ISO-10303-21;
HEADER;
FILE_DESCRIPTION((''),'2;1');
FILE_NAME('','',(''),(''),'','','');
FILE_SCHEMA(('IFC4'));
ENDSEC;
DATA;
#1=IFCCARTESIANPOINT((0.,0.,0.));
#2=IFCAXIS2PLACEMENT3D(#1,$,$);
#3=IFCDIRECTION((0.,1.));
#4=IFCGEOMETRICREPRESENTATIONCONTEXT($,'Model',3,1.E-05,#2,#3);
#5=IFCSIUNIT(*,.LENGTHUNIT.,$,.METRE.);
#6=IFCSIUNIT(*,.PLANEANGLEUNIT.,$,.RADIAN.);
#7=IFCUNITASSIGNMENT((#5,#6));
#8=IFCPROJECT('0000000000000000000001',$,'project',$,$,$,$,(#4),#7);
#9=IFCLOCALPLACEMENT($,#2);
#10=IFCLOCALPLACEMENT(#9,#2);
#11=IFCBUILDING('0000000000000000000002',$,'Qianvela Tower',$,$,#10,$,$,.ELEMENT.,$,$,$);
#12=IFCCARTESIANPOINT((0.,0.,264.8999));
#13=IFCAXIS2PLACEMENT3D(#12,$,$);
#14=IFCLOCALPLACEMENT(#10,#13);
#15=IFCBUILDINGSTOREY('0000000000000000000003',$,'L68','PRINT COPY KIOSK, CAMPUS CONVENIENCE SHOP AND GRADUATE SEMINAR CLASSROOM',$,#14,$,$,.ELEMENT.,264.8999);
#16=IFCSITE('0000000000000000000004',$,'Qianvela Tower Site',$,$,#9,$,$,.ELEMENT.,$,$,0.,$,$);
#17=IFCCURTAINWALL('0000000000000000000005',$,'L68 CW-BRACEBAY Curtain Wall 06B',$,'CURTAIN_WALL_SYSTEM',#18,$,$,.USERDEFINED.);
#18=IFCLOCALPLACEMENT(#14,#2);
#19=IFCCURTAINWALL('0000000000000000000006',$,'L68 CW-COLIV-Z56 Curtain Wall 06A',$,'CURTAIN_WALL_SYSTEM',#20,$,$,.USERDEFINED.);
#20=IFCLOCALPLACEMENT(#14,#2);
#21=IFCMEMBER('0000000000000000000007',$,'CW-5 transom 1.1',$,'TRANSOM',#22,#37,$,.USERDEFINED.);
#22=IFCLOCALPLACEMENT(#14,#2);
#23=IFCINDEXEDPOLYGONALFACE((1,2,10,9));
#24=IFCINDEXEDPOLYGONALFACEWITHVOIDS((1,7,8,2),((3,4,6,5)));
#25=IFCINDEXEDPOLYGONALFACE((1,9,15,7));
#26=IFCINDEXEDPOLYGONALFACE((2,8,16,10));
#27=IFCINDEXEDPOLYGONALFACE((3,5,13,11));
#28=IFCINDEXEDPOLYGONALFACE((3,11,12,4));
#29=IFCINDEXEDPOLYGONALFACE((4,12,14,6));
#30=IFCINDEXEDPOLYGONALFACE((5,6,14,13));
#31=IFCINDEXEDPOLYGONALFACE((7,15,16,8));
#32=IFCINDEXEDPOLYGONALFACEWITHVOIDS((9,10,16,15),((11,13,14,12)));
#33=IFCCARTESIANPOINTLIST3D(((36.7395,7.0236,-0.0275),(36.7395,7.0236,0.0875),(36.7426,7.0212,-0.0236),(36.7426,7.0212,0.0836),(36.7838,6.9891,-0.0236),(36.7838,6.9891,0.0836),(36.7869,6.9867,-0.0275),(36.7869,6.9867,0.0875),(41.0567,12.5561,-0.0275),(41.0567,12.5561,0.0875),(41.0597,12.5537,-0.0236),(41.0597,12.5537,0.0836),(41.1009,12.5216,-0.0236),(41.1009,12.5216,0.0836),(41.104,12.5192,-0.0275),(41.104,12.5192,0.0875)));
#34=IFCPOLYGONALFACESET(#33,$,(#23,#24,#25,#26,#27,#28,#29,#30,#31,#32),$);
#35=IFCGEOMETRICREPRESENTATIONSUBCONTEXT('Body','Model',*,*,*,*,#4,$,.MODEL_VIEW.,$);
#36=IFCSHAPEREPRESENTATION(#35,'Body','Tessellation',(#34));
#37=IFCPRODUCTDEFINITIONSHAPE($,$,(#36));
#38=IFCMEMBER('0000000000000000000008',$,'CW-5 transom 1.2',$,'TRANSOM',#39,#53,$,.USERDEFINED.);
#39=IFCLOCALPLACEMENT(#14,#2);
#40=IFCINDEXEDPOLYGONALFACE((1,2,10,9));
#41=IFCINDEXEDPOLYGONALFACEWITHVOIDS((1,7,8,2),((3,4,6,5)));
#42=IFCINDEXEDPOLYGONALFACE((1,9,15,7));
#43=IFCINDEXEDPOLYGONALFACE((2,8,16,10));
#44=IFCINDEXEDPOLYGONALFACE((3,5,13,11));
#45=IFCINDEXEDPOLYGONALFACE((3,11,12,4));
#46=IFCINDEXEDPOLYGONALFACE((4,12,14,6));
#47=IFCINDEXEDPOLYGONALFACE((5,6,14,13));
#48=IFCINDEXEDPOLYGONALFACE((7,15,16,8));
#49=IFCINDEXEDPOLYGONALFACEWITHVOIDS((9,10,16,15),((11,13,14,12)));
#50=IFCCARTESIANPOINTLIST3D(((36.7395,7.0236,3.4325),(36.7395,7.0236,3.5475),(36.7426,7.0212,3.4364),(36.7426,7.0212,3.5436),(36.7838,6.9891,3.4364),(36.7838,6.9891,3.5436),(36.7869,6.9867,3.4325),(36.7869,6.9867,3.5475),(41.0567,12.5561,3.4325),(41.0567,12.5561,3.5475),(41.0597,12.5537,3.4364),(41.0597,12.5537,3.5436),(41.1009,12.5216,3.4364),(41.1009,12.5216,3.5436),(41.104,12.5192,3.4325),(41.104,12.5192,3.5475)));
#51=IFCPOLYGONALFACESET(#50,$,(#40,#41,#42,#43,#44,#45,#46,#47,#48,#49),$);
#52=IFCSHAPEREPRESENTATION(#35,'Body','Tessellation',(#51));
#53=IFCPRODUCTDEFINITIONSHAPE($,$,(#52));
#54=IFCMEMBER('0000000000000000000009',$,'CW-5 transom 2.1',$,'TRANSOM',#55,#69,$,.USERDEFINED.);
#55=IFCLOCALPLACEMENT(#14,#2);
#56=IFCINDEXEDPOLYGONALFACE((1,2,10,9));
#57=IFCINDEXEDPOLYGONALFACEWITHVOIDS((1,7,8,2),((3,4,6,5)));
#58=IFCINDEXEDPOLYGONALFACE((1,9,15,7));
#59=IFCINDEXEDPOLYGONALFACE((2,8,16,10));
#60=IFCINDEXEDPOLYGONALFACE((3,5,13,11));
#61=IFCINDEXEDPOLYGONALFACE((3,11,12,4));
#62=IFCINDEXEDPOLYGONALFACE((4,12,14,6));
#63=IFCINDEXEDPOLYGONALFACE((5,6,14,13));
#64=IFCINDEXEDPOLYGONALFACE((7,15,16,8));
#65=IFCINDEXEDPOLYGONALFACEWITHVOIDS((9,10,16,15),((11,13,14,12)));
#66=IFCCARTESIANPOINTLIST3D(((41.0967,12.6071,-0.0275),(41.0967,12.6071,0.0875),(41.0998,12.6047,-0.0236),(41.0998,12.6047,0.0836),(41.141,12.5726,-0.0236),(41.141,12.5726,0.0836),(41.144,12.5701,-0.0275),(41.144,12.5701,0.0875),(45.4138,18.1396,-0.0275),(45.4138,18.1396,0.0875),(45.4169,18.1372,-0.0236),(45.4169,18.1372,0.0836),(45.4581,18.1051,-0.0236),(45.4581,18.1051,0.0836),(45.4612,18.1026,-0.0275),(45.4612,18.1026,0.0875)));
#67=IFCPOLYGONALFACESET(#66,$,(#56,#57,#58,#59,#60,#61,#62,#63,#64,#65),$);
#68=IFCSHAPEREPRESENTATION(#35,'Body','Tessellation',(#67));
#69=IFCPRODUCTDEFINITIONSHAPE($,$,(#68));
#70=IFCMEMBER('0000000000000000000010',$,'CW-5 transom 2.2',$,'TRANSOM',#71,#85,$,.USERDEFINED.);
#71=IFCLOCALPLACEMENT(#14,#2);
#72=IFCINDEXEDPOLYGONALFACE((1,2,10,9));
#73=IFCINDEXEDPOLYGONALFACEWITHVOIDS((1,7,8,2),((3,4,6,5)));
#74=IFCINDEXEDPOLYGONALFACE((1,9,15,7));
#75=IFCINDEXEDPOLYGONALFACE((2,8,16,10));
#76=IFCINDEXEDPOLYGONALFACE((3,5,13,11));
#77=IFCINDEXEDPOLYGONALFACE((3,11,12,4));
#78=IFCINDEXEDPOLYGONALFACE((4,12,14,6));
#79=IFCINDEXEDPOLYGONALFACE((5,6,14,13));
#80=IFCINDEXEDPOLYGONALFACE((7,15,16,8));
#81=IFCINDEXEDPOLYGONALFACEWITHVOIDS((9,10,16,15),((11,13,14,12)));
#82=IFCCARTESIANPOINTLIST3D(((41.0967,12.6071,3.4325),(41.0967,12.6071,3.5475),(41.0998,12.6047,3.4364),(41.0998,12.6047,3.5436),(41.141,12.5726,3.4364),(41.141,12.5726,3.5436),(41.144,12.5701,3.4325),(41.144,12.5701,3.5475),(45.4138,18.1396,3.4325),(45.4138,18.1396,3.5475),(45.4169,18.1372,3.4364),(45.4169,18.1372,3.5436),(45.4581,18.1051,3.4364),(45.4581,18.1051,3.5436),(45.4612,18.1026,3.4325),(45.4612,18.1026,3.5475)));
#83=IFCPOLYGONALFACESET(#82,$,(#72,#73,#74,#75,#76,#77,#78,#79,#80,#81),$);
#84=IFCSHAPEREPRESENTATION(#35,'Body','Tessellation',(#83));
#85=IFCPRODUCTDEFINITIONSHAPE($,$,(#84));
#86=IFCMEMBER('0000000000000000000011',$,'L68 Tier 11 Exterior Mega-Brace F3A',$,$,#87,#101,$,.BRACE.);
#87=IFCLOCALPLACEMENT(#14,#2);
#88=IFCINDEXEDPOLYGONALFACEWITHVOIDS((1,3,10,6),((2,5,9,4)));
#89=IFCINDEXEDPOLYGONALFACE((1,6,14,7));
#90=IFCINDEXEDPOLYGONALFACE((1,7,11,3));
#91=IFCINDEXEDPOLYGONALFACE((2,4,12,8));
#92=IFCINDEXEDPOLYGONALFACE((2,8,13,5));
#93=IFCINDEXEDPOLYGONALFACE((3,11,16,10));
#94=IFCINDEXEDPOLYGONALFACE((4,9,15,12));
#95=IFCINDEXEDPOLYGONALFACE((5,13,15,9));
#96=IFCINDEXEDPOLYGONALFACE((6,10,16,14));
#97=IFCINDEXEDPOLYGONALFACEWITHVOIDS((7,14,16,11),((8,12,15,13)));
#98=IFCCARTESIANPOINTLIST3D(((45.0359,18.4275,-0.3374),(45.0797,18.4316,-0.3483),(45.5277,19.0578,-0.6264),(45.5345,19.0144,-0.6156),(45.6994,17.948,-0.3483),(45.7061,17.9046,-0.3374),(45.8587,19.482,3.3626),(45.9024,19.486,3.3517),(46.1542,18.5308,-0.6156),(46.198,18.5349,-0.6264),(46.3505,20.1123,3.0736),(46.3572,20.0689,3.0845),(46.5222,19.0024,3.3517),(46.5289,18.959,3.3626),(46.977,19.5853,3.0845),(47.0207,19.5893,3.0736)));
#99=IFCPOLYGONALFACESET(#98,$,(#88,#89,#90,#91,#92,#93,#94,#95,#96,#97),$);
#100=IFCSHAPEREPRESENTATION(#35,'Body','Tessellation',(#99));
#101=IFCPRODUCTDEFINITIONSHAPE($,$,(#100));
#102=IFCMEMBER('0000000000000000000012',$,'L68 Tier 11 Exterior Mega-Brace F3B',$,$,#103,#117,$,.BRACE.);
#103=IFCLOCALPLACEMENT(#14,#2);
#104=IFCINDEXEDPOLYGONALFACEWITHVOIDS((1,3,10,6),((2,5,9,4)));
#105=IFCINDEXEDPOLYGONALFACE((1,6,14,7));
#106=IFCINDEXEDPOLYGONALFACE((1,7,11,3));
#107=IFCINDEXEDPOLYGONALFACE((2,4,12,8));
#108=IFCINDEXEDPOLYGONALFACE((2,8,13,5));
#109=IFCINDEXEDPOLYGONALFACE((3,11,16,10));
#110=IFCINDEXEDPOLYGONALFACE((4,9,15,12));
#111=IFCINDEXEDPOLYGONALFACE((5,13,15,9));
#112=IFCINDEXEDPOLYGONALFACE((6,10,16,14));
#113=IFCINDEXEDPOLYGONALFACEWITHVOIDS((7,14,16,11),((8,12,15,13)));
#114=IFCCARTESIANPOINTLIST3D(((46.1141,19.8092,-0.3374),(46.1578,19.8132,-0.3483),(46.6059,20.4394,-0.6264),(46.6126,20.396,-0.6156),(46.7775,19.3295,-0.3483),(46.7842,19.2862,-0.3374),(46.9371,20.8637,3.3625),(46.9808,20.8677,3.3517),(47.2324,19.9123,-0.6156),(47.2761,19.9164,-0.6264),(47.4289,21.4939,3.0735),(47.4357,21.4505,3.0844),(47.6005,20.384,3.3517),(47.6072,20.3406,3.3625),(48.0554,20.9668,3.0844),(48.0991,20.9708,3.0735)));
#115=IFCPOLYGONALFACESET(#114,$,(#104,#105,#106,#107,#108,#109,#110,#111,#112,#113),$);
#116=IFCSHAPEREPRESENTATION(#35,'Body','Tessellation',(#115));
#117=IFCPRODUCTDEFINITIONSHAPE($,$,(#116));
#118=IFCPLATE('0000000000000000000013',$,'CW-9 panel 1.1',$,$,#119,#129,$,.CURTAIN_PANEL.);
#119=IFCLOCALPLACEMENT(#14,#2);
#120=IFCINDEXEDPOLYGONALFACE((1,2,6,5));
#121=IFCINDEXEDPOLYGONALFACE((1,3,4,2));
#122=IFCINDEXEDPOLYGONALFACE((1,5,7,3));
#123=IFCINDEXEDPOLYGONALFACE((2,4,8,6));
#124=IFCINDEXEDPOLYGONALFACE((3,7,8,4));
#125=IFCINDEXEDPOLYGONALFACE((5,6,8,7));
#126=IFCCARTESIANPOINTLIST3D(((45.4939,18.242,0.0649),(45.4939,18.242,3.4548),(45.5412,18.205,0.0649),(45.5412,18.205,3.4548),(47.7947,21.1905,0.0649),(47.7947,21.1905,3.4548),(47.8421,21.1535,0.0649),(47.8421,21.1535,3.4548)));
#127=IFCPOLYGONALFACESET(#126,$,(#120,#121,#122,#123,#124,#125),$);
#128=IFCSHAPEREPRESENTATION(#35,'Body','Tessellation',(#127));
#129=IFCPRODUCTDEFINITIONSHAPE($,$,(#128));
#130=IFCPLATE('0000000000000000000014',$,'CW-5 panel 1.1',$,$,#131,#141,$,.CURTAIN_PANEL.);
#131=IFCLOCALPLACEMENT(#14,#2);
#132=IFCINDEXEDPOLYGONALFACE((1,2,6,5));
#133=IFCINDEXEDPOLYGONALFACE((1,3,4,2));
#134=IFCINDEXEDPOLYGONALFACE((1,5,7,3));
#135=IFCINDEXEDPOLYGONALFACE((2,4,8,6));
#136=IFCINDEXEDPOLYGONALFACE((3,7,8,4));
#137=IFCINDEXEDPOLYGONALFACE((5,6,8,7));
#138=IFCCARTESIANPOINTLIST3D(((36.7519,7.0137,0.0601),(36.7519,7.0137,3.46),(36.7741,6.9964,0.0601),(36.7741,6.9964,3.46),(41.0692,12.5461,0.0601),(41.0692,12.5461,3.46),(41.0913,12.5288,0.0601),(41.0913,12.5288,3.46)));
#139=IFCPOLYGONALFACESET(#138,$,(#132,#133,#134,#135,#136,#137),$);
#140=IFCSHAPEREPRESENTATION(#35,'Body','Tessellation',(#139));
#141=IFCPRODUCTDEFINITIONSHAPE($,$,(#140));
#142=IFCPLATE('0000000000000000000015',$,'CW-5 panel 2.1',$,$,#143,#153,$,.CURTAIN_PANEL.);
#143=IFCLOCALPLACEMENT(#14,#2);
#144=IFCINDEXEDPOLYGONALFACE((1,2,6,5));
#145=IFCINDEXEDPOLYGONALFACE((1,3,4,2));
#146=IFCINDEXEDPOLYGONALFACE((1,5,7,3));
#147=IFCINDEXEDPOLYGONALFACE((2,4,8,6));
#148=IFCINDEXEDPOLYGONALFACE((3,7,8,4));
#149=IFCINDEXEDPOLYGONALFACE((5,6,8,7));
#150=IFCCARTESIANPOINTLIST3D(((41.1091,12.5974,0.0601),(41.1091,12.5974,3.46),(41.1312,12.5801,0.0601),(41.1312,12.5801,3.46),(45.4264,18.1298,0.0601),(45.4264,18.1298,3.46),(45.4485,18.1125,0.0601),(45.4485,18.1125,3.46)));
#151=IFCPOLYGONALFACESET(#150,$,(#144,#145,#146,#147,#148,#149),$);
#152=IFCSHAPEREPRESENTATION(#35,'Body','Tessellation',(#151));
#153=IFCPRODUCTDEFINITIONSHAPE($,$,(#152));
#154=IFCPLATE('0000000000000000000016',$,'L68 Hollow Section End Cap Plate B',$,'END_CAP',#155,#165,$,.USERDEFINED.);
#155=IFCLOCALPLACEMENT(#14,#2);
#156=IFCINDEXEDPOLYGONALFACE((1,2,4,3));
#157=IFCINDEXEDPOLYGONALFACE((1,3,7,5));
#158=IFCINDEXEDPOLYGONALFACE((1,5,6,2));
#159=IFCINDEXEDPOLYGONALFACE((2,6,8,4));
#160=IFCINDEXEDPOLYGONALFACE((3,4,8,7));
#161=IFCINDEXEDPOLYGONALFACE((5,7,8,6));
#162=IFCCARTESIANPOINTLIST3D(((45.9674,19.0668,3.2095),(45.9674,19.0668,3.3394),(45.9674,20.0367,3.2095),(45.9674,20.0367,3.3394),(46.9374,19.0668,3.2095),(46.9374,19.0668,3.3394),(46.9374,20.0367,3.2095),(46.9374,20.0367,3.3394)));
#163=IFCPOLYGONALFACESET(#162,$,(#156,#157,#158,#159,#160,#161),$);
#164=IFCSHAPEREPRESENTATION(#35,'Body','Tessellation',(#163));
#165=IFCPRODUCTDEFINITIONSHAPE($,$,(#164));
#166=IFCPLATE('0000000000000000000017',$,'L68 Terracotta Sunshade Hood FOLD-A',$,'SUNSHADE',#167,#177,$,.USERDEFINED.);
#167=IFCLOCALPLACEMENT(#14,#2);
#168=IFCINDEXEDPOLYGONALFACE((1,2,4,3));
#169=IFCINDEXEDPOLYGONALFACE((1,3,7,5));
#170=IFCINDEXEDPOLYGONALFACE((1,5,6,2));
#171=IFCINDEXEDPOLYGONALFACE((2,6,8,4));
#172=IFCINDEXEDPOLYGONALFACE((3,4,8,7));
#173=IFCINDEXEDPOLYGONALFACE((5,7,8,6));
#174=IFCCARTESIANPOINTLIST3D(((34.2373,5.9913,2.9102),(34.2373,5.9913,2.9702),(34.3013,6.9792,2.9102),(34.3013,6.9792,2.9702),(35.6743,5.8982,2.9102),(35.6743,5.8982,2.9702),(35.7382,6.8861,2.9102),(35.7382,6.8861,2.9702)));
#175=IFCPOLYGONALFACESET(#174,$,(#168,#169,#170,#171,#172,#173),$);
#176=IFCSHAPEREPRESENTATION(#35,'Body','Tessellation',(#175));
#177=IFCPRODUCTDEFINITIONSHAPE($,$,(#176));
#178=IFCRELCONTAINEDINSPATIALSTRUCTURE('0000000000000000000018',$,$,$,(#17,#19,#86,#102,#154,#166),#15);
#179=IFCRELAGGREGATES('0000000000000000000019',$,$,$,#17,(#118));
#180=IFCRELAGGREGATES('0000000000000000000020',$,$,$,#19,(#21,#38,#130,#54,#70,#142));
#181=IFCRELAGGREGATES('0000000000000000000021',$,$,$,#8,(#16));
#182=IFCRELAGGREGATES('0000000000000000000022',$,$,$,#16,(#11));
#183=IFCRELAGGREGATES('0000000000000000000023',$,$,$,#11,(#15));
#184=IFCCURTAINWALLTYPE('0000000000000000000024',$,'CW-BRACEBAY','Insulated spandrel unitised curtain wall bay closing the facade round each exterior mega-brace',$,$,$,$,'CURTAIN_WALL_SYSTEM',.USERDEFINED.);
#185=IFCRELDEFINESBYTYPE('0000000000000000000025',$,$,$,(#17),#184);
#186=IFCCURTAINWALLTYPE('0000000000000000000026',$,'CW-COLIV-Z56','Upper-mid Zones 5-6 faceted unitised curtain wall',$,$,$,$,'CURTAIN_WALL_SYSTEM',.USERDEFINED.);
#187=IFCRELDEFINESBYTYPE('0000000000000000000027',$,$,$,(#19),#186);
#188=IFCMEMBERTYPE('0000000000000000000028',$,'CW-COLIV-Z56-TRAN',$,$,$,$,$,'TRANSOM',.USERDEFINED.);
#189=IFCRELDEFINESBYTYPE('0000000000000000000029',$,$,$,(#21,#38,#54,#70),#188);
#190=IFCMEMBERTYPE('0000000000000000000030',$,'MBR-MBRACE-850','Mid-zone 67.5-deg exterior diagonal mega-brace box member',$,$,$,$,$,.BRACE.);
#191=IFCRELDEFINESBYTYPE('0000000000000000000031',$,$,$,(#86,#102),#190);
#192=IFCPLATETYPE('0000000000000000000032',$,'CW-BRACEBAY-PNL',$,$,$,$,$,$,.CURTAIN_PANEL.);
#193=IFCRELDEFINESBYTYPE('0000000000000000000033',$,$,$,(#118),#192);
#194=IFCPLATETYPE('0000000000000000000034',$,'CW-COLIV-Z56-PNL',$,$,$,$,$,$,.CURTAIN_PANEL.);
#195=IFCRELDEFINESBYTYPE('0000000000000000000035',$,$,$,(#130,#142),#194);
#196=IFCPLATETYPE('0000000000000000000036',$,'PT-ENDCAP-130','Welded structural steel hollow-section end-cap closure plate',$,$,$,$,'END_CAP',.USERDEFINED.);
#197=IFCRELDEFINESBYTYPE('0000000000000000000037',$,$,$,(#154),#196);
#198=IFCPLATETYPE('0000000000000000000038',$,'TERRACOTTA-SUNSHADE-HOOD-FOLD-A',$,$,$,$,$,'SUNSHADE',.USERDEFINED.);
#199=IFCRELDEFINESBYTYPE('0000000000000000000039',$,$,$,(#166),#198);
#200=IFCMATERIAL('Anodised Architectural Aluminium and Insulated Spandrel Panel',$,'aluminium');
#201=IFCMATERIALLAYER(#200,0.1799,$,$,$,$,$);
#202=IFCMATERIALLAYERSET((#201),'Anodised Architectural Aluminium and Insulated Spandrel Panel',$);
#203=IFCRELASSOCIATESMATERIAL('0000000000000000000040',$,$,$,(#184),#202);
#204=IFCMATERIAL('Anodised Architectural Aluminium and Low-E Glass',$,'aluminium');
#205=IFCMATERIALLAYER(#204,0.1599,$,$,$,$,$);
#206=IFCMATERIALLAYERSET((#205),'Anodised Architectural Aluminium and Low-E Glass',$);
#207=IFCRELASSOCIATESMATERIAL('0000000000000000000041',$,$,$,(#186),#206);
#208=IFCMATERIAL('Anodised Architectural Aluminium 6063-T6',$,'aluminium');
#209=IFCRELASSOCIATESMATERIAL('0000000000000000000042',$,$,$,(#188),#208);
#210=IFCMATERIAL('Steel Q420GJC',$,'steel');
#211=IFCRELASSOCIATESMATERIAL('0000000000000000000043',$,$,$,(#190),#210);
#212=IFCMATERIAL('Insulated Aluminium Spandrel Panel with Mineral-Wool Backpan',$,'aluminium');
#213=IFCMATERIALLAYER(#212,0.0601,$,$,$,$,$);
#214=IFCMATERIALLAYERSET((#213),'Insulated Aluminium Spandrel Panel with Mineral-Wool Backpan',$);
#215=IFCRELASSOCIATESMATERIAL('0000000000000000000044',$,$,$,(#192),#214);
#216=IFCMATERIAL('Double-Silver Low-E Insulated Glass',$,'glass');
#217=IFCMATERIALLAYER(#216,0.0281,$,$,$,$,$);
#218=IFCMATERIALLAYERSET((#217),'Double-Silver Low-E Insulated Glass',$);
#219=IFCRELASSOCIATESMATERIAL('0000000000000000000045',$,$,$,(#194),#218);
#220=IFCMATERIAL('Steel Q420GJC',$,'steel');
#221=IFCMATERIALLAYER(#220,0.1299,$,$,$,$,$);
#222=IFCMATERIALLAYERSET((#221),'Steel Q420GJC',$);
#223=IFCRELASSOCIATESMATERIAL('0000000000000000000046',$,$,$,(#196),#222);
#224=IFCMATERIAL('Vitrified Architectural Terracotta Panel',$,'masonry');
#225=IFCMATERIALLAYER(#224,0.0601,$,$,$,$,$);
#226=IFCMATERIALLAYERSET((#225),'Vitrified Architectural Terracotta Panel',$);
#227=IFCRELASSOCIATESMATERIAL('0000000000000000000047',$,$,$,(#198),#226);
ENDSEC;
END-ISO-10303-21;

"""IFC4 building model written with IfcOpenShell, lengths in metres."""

from ifc_helpers import new_model, si_unit, direction, frame, origin, origin_2d, place, context, subcontext, project, spatial, rectangle, hollow_rectangle, extrude, material, layer, layer_set, material_profile, profile_set, type_object, element, aggregate, save


model = new_model("IFC4")

# Units and contexts
model_context = context("Model", 3, precision=1e-05, world=origin(), true_north=direction((0.0, 1.0)))
body_context = subcontext(model_context, "Body", "Model", "MODEL_VIEW")
ifc_project = project(units=[si_unit("LENGTHUNIT", "METRE"), si_unit("PLANEANGLEUNIT", "RADIAN")], contexts=[model_context])

# Site, building, storey
site_placement = place(None, origin())
site = spatial("IfcSite", under=ifc_project, at=site_placement, Name="Qianvela Tower Site", CompositionType="ELEMENT", RefElevation=0.0)
building_placement = place(site_placement, origin())
building = spatial("IfcBuilding", under=site, at=building_placement, Name="Qianvela Tower", CompositionType="ELEMENT")
storey_placement = place(building_placement, frame((0.0, 0.0, 264.8999)))
storey = spatial("IfcBuildingStorey", under=building, at=storey_placement, Name="L68", Description="PRINT COPY KIOSK, CAMPUS CONVENIENCE SHOP AND GRADUATE SEMINAR CLASSROOM", CompositionType="ELEMENT", Elevation=264.8999)

# Curtain walls, members
ifc_material_1 = material(Name="Anodised Architectural Aluminium and Insulated Spandrel Panel", Category="aluminium")
ifc_layer_1 = layer(ifc_material_1, 0.1799)
ifc_layer_set_1 = layer_set([ifc_layer_1], Name="Anodised Architectural Aluminium and Insulated Spandrel Panel")
curtain_wall_type_1 = type_object("IfcCurtainWallType", Name="CW-BRACEBAY", Description="Insulated spandrel unitised curtain wall bay closing the facade round each exterior mega-brace", ElementType="CURTAIN_WALL_SYSTEM", PredefinedType="USERDEFINED", material=ifc_layer_set_1)
curtain_wall_1_placement = place(storey_placement, origin())
curtain_wall_1 = element("IfcCurtainWall", 1, at=curtain_wall_1_placement, inside=storey, type_object=curtain_wall_type_1, Name="L68 CW-BRACEBAY Curtain Wall 06B", ObjectType="CURTAIN_WALL_SYSTEM", PredefinedType="USERDEFINED")
ifc_material_2 = material(Name="Anodised Architectural Aluminium and Low-E Glass", Category="aluminium")
ifc_layer_2 = layer(ifc_material_2, 0.1599)
ifc_layer_set_2 = layer_set([ifc_layer_2], Name="Anodised Architectural Aluminium and Low-E Glass")
curtain_wall_type_2 = type_object("IfcCurtainWallType", Name="CW-COLIV-Z56", Description="Upper-mid Zones 5-6 faceted unitised curtain wall", ElementType="CURTAIN_WALL_SYSTEM", PredefinedType="USERDEFINED", material=ifc_layer_set_2)
curtain_wall_2_placement = place(storey_placement, origin())
curtain_wall_2 = element("IfcCurtainWall", 2, at=curtain_wall_2_placement, inside=storey, type_object=curtain_wall_type_2, Name="L68 CW-COLIV-Z56 Curtain Wall 06A", ObjectType="CURTAIN_WALL_SYSTEM", PredefinedType="USERDEFINED")
ifc_material_3 = material(Name="Anodised Architectural Aluminium 6063-T6", Category="aluminium")
ifc_material_profile_1 = material_profile(ifc_material_3, hollow_rectangle(XDim=0.0601, YDim=0.115, WallThickness=0.0039, at=origin_2d()), Name="ALU-TRAN-60x115")
ifc_profile_set_1 = profile_set([ifc_material_profile_1], Name="Anodised Architectural Aluminium 6063-T6")
member_type_1 = type_object("IfcMemberType", Name="CW-COLIV-Z56-TRAN", ElementType="TRANSOM", PredefinedType="USERDEFINED", material=ifc_profile_set_1)
member_1_placement = place(storey_placement, frame((36.7632, 7.0051, 0.03), z_axis=(0.615192, 0.788377, 0.0), x_axis=(-0.788377, 0.615192, 0.0)))
member_1 = element("IfcMember", 3, at=member_1_placement, type_object=member_type_1, Name="CW-5 transom 1.1", ObjectType="TRANSOM", PredefinedType="USERDEFINED", context=body_context, shape_type="SweptSolid", body=[
    extrude(hollow_rectangle(XDim=0.0601, YDim=0.115, WallThickness=0.0039, at=origin_2d()), origin(), (0.0, 0.0, 1.0), 7.0176),
])
member_2_placement = place(storey_placement, frame((36.7632, 7.0051, 3.49), z_axis=(0.615192, 0.788377, 0.0), x_axis=(-0.788377, 0.615192, 0.0)))
member_2 = element("IfcMember", 4, at=member_2_placement, type_object=member_type_1, Name="CW-5 transom 1.2", ObjectType="TRANSOM", PredefinedType="USERDEFINED", context=body_context, shape_type="SweptSolid", body=[
    extrude(hollow_rectangle(XDim=0.0601, YDim=0.115, WallThickness=0.0039, at=origin_2d()), origin(), (0.0, 0.0, 1.0), 7.0176),
])
member_3_placement = place(storey_placement, frame((41.1204, 12.5886, 0.03), z_axis=(0.615192, 0.788377, 0.0), x_axis=(-0.788377, 0.615192, 0.0)))
member_3 = element("IfcMember", 5, at=member_3_placement, type_object=member_type_1, Name="CW-5 transom 2.1", ObjectType="TRANSOM", PredefinedType="USERDEFINED", context=body_context, shape_type="SweptSolid", body=[
    extrude(hollow_rectangle(XDim=0.0601, YDim=0.115, WallThickness=0.0039, at=origin_2d()), origin(), (0.0, 0.0, 1.0), 7.0176),
])
member_4_placement = place(storey_placement, frame((41.1204, 12.5886, 3.49), z_axis=(0.615192, 0.788377, 0.0), x_axis=(-0.788377, 0.615192, 0.0)))
member_4 = element("IfcMember", 6, at=member_4_placement, type_object=member_type_1, Name="CW-5 transom 2.2", ObjectType="TRANSOM", PredefinedType="USERDEFINED", context=body_context, shape_type="SweptSolid", body=[
    extrude(hollow_rectangle(XDim=0.0601, YDim=0.115, WallThickness=0.0039, at=origin_2d()), origin(), (0.0, 0.0, 1.0), 7.0176),
])

# Members
ifc_material_4 = material(Name="Steel Q420GJC", Category="steel")
ifc_material_profile_2 = material_profile(ifc_material_4, hollow_rectangle(XDim=0.8501, YDim=0.8501, WallThickness=0.032, at=origin_2d()), Name="MBOX-850x850x32")
ifc_profile_set_2 = profile_set([ifc_material_profile_2], Name="Steel Q420GJC")
member_type_2 = type_object("IfcMemberType", Name="MBR-MBRACE-850", Description="Mid-zone 67.5-deg exterior diagonal mega-brace box member", PredefinedType="BRACE", material=ifc_profile_set_2)
for number, where, z_axis, x_axis, name in (
    (7, (45.6169, 18.4812, -0.4819), (0.209125, 0.268016, 0.940444), (-0.788398, 0.615166, 0.0), "L68 Tier 11 Exterior Mega-Brace F3A"),
    (8, (46.6951, 19.8628, -0.4819), (0.209185, 0.268012, 0.940431), (-0.788309, 0.615279, 0.0), "L68 Tier 11 Exterior Mega-Brace F3B"),
):
    element("IfcMember", number, at=place(storey_placement, frame(where, z_axis=z_axis, x_axis=x_axis)), inside=storey, type_object=member_type_2, Name=name, PredefinedType="BRACE", context=body_context, shape_type="SweptSolid", body=[
        extrude(hollow_rectangle(XDim=0.8501, YDim=0.8501, WallThickness=0.032, at=origin_2d()), origin(), (0.0, 0.0, 1.0), 3.9343),
    ])

# Plates
ifc_material_5 = material(Name="Insulated Aluminium Spandrel Panel with Mineral-Wool Backpan", Category="aluminium")
ifc_layer_3 = layer(ifc_material_5, 0.0601)
ifc_layer_set_3 = layer_set([ifc_layer_3], Name="Insulated Aluminium Spandrel Panel with Mineral-Wool Backpan")
plate_type_1 = type_object("IfcPlateType", Name="CW-BRACEBAY-PNL", PredefinedType="CURTAIN_PANEL", material=ifc_layer_set_3)
plate_1_placement = place(storey_placement, frame((46.668, 19.6978, 0.0649), z_axis=(0.0, 0.0, 1.0), x_axis=(0.615196, 0.788374, 0.0)))
plate_1 = element("IfcPlate", 9, at=plate_1_placement, type_object=plate_type_1, Name="CW-9 panel 1.1", PredefinedType="CURTAIN_PANEL", context=body_context, shape_type="SweptSolid", body=[
    extrude(rectangle(XDim=3.74, YDim=0.0601, at=origin_2d()), origin(), (0.0, 0.0, 1.0), 3.3899),
])
aggregate(curtain_wall_1, [plate_1])
ifc_material_6 = material(Name="Double-Silver Low-E Insulated Glass", Category="glass")
ifc_layer_4 = layer(ifc_material_6, 0.0281)
ifc_layer_set_4 = layer_set([ifc_layer_4], Name="Double-Silver Low-E Insulated Glass")
plate_type_2 = type_object("IfcPlateType", Name="CW-COLIV-Z56-PNL", PredefinedType="CURTAIN_PANEL", material=ifc_layer_set_4)
plate_2_placement = place(storey_placement, frame((38.9216, 9.7712, 0.0601), z_axis=(0.0, 0.0, 1.0), x_axis=(0.615209, 0.788364, 0.0)))
plate_2 = element("IfcPlate", 10, at=plate_2_placement, type_object=plate_type_2, Name="CW-5 panel 1.1", PredefinedType="CURTAIN_PANEL", context=body_context, shape_type="SweptSolid", body=[
    extrude(rectangle(XDim=7.0176, YDim=0.0281, at=origin_2d()), origin(), (0.0, 0.0, 1.0), 3.3999),
])
plate_3_placement = place(storey_placement, frame((43.2788, 15.355, 0.0601), z_axis=(0.0, 0.0, 1.0), x_axis=(0.615209, 0.788364, 0.0)))
plate_3 = element("IfcPlate", 11, at=plate_3_placement, type_object=plate_type_2, Name="CW-5 panel 2.1", PredefinedType="CURTAIN_PANEL", context=body_context, shape_type="SweptSolid", body=[
    extrude(rectangle(XDim=7.0176, YDim=0.0281, at=origin_2d()), origin(), (0.0, 0.0, 1.0), 3.3999),
])
aggregate(curtain_wall_2, [member_1, member_2, plate_2, member_3, member_4, plate_3])

# Plates
ifc_material_7 = material(Name="Steel Q420GJC", Category="steel")
ifc_layer_5 = layer(ifc_material_7, 0.1299)
ifc_layer_set_5 = layer_set([ifc_layer_5], Name="Steel Q420GJC")
plate_type_3 = type_object("IfcPlateType", Name="PT-ENDCAP-130", Description="Welded structural steel hollow-section end-cap closure plate", ElementType="END_CAP", PredefinedType="USERDEFINED", material=ifc_layer_set_5)
plate_4_placement = place(storey_placement, frame((46.4524, 19.5518, 3.2095), z_axis=(0.0, 0.0, 1.0), x_axis=(1.0, 0.0, 0.0)))
element("IfcPlate", 12, at=plate_4_placement, inside=storey, type_object=plate_type_3, Name="L68 Hollow Section End Cap Plate B", ObjectType="END_CAP", PredefinedType="USERDEFINED", context=body_context, shape_type="SweptSolid", body=[
    extrude(rectangle(XDim=0.97, YDim=0.97, at=origin_2d()), origin(), (0.0, 0.0, 1.0), 0.1299),
])
ifc_material_8 = material(Name="Vitrified Architectural Terracotta Panel", Category="masonry")
ifc_layer_6 = layer(ifc_material_8, 0.0601)
ifc_layer_set_6 = layer_set([ifc_layer_6], Name="Vitrified Architectural Terracotta Panel")
plate_type_4 = type_object("IfcPlateType", Name="TERRACOTTA-SUNSHADE-HOOD-FOLD-A", ElementType="SUNSHADE", PredefinedType="USERDEFINED", material=ifc_layer_set_6)
plate_5_placement = place(storey_placement, frame((34.9878, 6.4387, 2.9102), z_axis=(0.0, 0.0, 1.0), x_axis=(0.997909, -0.06463, 0.0)))
element("IfcPlate", 13, at=plate_5_placement, inside=storey, type_object=plate_type_4, Name="L68 Terracotta Sunshade Hood FOLD-A", ObjectType="SUNSHADE", PredefinedType="USERDEFINED", context=body_context, shape_type="SweptSolid", body=[
    extrude(rectangle(XDim=1.4399, YDim=0.99, at=origin_2d()), origin(), (0.0, 0.0, 1.0), 0.0601),
])

save(model, "model.ifc")
